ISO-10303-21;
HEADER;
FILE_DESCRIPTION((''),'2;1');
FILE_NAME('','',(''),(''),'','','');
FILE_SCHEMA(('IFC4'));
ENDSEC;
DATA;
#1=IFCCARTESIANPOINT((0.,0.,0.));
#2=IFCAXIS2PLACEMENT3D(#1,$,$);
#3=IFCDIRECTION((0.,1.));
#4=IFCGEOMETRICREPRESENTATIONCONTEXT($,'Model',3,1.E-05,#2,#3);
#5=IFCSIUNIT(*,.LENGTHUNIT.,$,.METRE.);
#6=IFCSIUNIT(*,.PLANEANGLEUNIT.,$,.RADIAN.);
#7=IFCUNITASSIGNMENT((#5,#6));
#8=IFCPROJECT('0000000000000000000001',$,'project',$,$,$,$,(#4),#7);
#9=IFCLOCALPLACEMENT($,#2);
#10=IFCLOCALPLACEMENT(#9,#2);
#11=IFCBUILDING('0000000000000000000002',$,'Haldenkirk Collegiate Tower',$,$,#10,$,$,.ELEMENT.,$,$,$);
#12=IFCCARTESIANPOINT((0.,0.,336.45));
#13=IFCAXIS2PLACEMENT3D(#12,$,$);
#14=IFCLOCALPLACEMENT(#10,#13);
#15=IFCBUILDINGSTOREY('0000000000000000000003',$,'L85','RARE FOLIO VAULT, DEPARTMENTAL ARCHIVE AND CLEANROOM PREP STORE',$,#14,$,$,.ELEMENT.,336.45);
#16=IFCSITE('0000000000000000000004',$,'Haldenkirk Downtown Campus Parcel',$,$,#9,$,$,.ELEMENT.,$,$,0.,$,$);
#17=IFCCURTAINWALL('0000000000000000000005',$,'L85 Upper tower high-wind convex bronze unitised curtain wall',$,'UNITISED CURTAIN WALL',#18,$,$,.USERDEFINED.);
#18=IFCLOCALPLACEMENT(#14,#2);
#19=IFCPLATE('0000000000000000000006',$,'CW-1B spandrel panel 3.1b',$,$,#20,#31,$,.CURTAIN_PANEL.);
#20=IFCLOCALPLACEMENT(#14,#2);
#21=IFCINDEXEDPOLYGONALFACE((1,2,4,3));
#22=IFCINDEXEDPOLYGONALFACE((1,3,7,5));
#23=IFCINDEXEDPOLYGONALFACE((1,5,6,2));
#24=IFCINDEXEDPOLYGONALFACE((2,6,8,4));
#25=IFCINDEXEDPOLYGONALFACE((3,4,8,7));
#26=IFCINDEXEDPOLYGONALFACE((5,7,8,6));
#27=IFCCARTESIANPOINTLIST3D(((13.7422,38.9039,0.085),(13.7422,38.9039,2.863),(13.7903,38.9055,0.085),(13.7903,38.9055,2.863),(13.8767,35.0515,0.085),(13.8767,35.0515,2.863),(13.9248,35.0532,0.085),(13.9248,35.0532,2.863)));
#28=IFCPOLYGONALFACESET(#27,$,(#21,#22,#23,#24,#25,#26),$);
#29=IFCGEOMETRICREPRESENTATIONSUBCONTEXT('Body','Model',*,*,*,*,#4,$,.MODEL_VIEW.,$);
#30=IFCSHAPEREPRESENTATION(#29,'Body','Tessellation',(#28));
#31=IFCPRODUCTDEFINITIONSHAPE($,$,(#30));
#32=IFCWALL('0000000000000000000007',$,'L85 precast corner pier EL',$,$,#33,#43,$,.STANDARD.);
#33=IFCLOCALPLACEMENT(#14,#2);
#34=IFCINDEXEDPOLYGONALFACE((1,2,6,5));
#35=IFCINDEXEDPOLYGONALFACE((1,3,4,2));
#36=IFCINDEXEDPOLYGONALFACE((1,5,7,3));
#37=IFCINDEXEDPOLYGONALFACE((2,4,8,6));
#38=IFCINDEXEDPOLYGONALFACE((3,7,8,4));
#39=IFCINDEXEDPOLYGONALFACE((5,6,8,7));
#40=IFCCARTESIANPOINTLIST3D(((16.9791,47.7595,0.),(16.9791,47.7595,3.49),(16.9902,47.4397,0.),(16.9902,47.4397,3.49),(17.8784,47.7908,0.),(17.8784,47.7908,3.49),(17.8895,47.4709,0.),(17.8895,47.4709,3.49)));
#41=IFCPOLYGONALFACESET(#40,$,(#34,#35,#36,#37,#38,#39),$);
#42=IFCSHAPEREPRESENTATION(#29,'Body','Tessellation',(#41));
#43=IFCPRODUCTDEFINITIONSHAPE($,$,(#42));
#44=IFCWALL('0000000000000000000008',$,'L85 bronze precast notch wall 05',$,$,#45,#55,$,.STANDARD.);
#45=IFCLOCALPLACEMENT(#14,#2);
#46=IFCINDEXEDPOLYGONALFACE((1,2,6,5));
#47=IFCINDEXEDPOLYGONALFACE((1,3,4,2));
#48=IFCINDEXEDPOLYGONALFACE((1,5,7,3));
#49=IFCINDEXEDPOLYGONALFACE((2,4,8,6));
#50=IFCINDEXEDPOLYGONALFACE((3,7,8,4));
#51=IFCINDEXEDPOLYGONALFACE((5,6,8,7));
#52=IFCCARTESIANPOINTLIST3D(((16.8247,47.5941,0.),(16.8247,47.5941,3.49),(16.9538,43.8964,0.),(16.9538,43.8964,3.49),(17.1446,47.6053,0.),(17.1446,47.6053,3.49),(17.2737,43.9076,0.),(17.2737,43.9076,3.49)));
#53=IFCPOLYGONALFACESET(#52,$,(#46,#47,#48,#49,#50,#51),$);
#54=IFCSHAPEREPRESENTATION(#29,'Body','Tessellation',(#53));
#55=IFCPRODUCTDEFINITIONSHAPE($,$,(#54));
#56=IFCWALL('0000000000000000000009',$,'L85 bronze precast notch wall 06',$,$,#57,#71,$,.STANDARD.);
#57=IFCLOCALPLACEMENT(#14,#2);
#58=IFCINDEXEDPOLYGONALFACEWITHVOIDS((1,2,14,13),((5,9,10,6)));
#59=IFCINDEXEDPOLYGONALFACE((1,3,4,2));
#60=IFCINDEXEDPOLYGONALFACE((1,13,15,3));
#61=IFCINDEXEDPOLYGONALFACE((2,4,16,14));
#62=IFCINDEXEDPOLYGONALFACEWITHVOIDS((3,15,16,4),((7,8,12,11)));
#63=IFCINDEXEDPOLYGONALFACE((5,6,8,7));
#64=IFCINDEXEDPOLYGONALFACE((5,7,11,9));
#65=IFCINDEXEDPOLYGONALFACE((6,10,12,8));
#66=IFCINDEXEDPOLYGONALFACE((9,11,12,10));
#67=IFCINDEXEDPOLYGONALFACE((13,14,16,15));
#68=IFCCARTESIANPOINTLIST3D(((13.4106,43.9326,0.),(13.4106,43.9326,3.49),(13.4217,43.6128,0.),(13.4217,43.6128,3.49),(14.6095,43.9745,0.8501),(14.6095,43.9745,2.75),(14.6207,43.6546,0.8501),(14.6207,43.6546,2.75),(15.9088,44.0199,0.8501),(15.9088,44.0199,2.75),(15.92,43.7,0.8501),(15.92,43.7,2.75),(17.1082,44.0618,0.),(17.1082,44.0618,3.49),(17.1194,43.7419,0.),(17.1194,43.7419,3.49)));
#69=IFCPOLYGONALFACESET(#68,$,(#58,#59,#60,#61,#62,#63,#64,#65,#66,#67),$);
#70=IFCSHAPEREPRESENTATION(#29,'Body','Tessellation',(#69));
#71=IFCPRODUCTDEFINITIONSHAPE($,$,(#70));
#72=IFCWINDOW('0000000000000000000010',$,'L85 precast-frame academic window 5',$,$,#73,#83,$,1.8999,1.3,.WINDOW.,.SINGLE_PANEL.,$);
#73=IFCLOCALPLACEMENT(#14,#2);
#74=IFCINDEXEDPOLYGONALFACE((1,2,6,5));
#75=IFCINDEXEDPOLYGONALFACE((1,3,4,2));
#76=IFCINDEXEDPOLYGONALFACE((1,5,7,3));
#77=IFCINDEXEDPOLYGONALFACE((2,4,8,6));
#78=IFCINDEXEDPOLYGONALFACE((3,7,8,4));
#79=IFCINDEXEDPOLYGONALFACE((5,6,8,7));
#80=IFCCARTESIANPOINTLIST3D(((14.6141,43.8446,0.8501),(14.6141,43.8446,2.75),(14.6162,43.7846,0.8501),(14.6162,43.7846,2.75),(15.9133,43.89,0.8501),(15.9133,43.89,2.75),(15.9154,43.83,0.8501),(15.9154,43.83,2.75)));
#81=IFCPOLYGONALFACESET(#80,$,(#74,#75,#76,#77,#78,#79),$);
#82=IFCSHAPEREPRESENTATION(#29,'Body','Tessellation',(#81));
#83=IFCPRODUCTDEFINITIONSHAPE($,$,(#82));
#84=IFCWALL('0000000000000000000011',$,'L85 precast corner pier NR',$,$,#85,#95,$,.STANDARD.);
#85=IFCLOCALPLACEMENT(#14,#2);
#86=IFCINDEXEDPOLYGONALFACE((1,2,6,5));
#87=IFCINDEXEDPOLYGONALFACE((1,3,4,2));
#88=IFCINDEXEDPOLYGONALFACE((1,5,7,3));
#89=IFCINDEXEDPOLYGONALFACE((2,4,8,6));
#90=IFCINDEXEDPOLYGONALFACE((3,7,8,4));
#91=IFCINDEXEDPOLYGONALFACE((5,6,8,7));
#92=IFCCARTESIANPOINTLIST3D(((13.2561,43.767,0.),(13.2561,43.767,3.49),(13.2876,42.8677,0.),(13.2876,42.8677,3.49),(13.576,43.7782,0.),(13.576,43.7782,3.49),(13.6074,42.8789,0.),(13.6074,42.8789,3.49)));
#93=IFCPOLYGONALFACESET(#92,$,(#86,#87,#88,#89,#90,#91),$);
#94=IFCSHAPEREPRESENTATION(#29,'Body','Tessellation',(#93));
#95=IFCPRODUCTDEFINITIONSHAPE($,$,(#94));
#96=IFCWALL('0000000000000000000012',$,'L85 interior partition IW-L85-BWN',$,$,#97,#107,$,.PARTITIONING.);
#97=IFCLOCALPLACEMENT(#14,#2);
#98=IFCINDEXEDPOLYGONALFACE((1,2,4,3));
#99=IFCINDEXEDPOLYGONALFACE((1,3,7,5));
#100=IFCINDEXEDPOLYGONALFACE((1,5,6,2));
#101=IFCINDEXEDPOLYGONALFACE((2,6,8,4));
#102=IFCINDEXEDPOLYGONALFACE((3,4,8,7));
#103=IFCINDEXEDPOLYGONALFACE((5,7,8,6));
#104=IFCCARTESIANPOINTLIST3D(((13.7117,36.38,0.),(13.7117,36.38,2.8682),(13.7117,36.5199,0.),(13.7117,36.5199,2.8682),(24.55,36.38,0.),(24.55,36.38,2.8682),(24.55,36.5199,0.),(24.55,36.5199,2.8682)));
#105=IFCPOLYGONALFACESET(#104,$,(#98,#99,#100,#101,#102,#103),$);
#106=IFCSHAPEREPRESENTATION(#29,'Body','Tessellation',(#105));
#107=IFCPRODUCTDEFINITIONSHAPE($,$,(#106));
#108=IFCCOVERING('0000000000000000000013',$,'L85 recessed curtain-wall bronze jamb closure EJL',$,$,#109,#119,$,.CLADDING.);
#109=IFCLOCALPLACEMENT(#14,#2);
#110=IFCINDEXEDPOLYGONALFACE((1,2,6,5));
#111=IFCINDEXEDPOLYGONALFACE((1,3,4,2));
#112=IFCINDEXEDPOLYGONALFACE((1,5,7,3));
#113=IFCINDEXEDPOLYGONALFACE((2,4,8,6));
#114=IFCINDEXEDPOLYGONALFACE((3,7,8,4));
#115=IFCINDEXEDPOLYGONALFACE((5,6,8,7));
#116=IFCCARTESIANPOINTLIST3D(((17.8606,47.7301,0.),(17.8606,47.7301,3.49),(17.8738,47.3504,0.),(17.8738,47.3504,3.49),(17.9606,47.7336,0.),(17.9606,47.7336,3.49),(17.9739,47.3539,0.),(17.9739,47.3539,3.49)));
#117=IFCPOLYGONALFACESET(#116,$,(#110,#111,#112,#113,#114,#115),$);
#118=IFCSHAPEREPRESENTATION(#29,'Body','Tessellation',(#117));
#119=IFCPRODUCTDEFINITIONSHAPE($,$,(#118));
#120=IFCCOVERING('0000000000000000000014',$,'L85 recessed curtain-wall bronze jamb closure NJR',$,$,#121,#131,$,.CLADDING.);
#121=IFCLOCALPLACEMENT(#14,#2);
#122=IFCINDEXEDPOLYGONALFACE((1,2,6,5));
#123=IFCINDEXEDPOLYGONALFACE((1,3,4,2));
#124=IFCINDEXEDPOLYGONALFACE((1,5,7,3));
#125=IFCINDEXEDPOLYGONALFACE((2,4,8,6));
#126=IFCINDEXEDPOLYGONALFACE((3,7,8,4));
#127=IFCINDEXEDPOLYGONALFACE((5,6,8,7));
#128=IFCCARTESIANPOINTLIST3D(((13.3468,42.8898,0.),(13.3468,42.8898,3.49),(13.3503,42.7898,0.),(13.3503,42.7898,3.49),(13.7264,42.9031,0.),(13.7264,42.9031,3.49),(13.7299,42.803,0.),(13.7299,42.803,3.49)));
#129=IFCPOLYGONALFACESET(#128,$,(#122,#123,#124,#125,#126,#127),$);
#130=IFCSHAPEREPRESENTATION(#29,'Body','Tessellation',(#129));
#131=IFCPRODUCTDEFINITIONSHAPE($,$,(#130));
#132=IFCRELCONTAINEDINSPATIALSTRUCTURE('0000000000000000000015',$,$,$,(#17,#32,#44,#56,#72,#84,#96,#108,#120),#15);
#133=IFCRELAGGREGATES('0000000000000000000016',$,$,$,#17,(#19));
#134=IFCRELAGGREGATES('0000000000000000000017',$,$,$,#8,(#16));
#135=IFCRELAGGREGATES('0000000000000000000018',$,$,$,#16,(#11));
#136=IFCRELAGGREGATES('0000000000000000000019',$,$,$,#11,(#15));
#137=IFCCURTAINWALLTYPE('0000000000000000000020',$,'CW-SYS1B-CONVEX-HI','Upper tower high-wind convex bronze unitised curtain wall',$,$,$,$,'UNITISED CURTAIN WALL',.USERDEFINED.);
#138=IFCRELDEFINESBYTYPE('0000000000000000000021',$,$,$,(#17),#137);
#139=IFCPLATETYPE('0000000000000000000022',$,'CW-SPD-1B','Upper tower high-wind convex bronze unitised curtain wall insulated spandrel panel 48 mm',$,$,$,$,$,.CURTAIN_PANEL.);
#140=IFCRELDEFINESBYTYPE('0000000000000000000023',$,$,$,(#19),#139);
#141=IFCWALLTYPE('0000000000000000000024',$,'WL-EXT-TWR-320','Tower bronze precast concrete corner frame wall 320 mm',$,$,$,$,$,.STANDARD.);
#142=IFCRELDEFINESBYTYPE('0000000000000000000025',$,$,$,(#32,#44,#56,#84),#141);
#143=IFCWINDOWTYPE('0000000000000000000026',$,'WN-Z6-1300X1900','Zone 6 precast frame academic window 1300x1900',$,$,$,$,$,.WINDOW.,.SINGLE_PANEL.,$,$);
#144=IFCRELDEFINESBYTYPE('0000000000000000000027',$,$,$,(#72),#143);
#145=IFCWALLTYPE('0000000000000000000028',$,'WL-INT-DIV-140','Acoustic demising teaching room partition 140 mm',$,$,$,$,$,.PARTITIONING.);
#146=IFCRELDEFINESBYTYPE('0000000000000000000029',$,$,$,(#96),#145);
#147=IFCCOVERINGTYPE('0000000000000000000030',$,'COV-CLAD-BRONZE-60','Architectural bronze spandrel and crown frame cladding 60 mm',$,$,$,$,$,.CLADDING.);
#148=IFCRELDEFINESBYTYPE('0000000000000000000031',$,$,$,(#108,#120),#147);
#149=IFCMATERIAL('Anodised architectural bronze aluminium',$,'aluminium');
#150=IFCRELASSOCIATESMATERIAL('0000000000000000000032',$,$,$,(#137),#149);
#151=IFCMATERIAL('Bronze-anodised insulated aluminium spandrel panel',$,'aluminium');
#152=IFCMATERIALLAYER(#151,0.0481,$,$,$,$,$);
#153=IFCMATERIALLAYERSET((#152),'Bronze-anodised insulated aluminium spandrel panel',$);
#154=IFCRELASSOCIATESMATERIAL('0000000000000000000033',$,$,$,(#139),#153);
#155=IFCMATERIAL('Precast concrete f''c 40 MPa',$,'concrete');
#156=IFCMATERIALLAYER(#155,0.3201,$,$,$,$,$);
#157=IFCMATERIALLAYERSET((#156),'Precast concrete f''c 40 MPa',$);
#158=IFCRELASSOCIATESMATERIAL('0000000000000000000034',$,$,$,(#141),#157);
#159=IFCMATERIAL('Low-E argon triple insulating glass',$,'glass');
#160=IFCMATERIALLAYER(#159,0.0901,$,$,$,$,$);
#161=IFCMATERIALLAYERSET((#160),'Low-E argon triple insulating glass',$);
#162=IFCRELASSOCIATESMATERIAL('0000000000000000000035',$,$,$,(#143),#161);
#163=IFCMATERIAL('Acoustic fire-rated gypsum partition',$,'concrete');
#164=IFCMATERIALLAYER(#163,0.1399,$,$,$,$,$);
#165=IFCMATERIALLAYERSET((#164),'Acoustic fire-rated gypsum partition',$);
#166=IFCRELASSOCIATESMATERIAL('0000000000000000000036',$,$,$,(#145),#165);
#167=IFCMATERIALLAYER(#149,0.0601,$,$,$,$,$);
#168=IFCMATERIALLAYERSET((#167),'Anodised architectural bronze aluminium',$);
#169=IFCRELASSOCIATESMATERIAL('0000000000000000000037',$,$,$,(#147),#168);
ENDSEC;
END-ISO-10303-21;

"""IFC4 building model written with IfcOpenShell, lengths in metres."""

from ifc_helpers import new_model, si_unit, direction, frame, frame_2d, origin, origin_2d, place, context, subcontext, project, spatial, rectangle, extrude, source, transform, mapped, material, layer, layer_set, type_object, element, fill, aggregate, save


model = new_model("IFC4")

# Units and contexts
model_context = context("Model", 3, precision=1e-05, world=origin(), true_north=direction((0.0, 1.0)))
body_context = subcontext(model_context, "Body", "Model", "MODEL_VIEW")
ifc_project = project(units=[si_unit("LENGTHUNIT", "METRE"), si_unit("PLANEANGLEUNIT", "RADIAN")], contexts=[model_context])

# Site, building, storey
site_placement = place(None, origin())
site = spatial("IfcSite", under=ifc_project, at=site_placement, Name="Haldenkirk Downtown Campus Parcel", CompositionType="ELEMENT", RefElevation=0.0)
building_placement = place(site_placement, origin())
building = spatial("IfcBuilding", under=site, at=building_placement, Name="Haldenkirk Collegiate Tower", CompositionType="ELEMENT")
storey_placement = place(building_placement, frame((0.0, 0.0, 336.45)))
storey = spatial("IfcBuildingStorey", under=building, at=storey_placement, Name="L85", Description="RARE FOLIO VAULT, DEPARTMENTAL ARCHIVE AND CLEANROOM PREP STORE", CompositionType="ELEMENT", Elevation=336.45)

# Curtain wall
ifc_material_1 = material(Name="Anodised architectural bronze aluminium", Category="aluminium")
curtain_wall_type = type_object("IfcCurtainWallType", Name="CW-SYS1B-CONVEX-HI", Description="Upper tower high-wind convex bronze unitised curtain wall", ElementType="UNITISED CURTAIN WALL", PredefinedType="USERDEFINED", material=ifc_material_1)
curtain_wall_1_placement = place(storey_placement, origin())
curtain_wall_1 = element("IfcCurtainWall", 1, at=curtain_wall_1_placement, inside=storey, type_object=curtain_wall_type, Name="L85 Upper tower high-wind convex bronze unitised curtain wall", ObjectType="UNITISED CURTAIN WALL", PredefinedType="USERDEFINED")

# Plate
ifc_material_2 = material(Name="Low-E argon triple insulating glass", Category="glass")
ifc_material_3 = material(Name="Bronze-anodised insulated aluminium spandrel panel", Category="aluminium")
ifc_layer_1 = layer(ifc_material_3, 0.0481)
ifc_layer_set_1 = layer_set([ifc_layer_1], Name="Bronze-anodised insulated aluminium spandrel panel")
plate_type_1 = type_object("IfcPlateType", Name="CW-SPD-1B", Description="Upper tower high-wind convex bronze unitised curtain wall insulated spandrel panel 48 mm", PredefinedType="CURTAIN_PANEL", material=ifc_layer_set_1)
shared_shape_1 = source(origin(), body_context, "Body", "SweptSolid", [
    extrude(rectangle(XDim=3.8547, YDim=0.0481, at=origin_2d()), origin(), (0.0, 0.0, 1.0), 2.7781),
])
plate_1_placement = place(storey_placement, frame((13.8335, 36.9785, 0.085), z_axis=(0.0, 0.0, 1.0), x_axis=(-0.034901, 0.999391, 0.0)))
plate_1 = element("IfcPlate", 2, at=plate_1_placement, type_object=plate_type_1, Name="CW-1B spandrel panel 3.1b", PredefinedType="CURTAIN_PANEL", context=body_context, shape_type="MappedRepresentation", body=[
    mapped(shared_shape_1, transform((0.0, 0.0, 0.0), x_axis=(1.0, 0.0, 0.0), y_axis=(0.0, 1.0, 0.0), z_axis=(0.0, 0.0, 1.0), scale=1.0)),
])
aggregate(curtain_wall_1, [plate_1])

# Walls
ifc_material_4 = material(Name="Precast concrete f'c 40 MPa", Category="concrete")
ifc_layer_2 = layer(ifc_material_4, 0.3201)
ifc_layer_set_2 = layer_set([ifc_layer_2], Name="Precast concrete f'c 40 MPa")
wall_type_1 = type_object("IfcWallType", Name="WL-EXT-TWR-320", Description="Tower bronze precast concrete corner frame wall 320 mm", PredefinedType="STANDARD", material=ifc_layer_set_2)
wall_1_placement = place(storey_placement, frame((16.9846, 47.5996, 0.0), z_axis=(0.0, 0.0, 1.0), x_axis=(0.999397, 0.034724, 0.0)))
element("IfcWall", 3, at=wall_1_placement, inside=storey, type_object=wall_type_1, Name="L85 precast corner pier EL", PredefinedType="STANDARD", context=body_context, shape_type="SweptSolid", body=[
    extrude(rectangle(XDim=0.8999, YDim=0.3201, at=frame_2d((0.45, 0.0))), origin(), (0.0, 0.0, 1.0), 3.49),
])
wall_2_placement = place(storey_placement, frame((17.1138, 43.9019, 0.0), z_axis=(0.0, 0.0, 1.0), x_axis=(-0.034905, 0.999391, 0.0)))
element("IfcWall", 4, at=wall_2_placement, inside=storey, type_object=wall_type_1, Name="L85 bronze precast notch wall 05", PredefinedType="STANDARD", context=body_context, shape_type="SweptSolid", body=[
    extrude(rectangle(XDim=3.7, YDim=0.3201, at=frame_2d((1.8501, 0.0))), origin(), (0.0, 0.0, 1.0), 3.49),
])

# Wall, opening, window
wall_3_placement = place(storey_placement, frame((13.416, 43.7727, 0.0), z_axis=(0.0, 0.0, 1.0), x_axis=(0.999391, 0.034905, 0.0)))
wall_3 = element("IfcWall", 5, at=wall_3_placement, inside=storey, type_object=wall_type_1, Name="L85 bronze precast notch wall 06", PredefinedType="STANDARD", context=body_context, shape_type="SweptSolid", body=[
    extrude(rectangle(XDim=3.7, YDim=0.3201, at=frame_2d((1.8501, 0.0))), origin(), (0.0, 0.0, 1.0), 3.49),
])
opening_placement = place(wall_3_placement, frame((1.2, 0.0, 0.8501)))
opening = element("IfcOpeningElement", 6, at=opening_placement, cuts=wall_3, PredefinedType="OPENING", context=body_context, shape_type="SweptSolid", body=[
    extrude(rectangle(XDim=1.3, YDim=1.8999, at=frame_2d((0.6499, 0.95))), frame((0.0, 0.1699, 0.0), z_axis=(0.0, -1.0, 0.0), x_axis=(1.0, 0.0, 0.0)), (0.0, 0.0, 1.0), 0.3401),
])
ifc_layer_3 = layer(ifc_material_2, 0.0901)
ifc_layer_set_3 = layer_set([ifc_layer_3], Name="Low-E argon triple insulating glass")
window_type = type_object("IfcWindowType", Name="WN-Z6-1300X1900", Description="Zone 6 precast frame academic window 1300x1900", PartitioningType="SINGLE_PANEL", PredefinedType="WINDOW", material=ifc_layer_set_3)
window_placement = place(opening_placement, origin())
window = element("IfcWindow", 7, at=window_placement, inside=storey, type_object=window_type, Name="L85 precast-frame academic window 5", OverallHeight=1.8999, OverallWidth=1.3, PartitioningType="SINGLE_PANEL", PredefinedType="WINDOW", context=body_context, shape_type="SweptSolid", body=[
    extrude(rectangle(XDim=1.3, YDim=1.8999, at=frame_2d((0.6499, 0.95))), frame((0.0, 0.03, 0.0), z_axis=(0.0, -1.0, 0.0), x_axis=(1.0, 0.0, 0.0)), (0.0, 0.0, 1.0), 0.0601),
])
fill(opening, window)

# Walls
wall_4_placement = place(storey_placement, frame((13.4475, 42.8733, 0.0), z_axis=(0.0, 0.0, 1.0), x_axis=(-0.034995, 0.999387, 0.0)))
element("IfcWall", 8, at=wall_4_placement, inside=storey, type_object=wall_type_1, Name="L85 precast corner pier NR", PredefinedType="STANDARD", context=body_context, shape_type="SweptSolid", body=[
    extrude(rectangle(XDim=0.8999, YDim=0.3201, at=frame_2d((0.45, 0.0))), origin(), (0.0, 0.0, 1.0), 3.49),
])
ifc_material_5 = material(Name="Acoustic fire-rated gypsum partition", Category="concrete")
ifc_layer_4 = layer(ifc_material_5, 0.1399)
ifc_layer_set_4 = layer_set([ifc_layer_4], Name="Acoustic fire-rated gypsum partition")
wall_type_2 = type_object("IfcWallType", Name="WL-INT-DIV-140", Description="Acoustic demising teaching room partition 140 mm", PredefinedType="PARTITIONING", material=ifc_layer_set_4)
wall_5_placement = place(storey_placement, frame((13.7117, 36.45, 0.0), z_axis=(0.0, 0.0, 1.0), x_axis=(1.0, 0.0, 0.0)))
element("IfcWall", 9, at=wall_5_placement, inside=storey, type_object=wall_type_2, Name="L85 interior partition IW-L85-BWN", PredefinedType="PARTITIONING", context=body_context, shape_type="SweptSolid", body=[
    extrude(rectangle(XDim=10.8384, YDim=0.1399, at=frame_2d((5.4192, 0.0))), origin(), (0.0, 0.0, 1.0), 2.8682),
])

# Coverings
ifc_layer_5 = layer(ifc_material_1, 0.0601)
ifc_layer_set_5 = layer_set([ifc_layer_5], Name="Anodised architectural bronze aluminium")
covering_type = type_object("IfcCoveringType", Name="COV-CLAD-BRONZE-60", Description="Architectural bronze spandrel and crown frame cladding 60 mm", PredefinedType="CLADDING", material=ifc_layer_set_5)
shared_shape_2 = source(origin(), body_context, "Body", "SweptSolid", [
    extrude(rectangle(XDim=0.1001, YDim=0.3799, at=origin_2d()), origin(), (0.0, 0.0, 1.0), 3.49),
])
for number, where, z_axis, x_axis, name in (
    (10, (17.9172, 47.542, 0.0), (0.0, 0.0, 1.0), (0.999391, 0.034899, 0.0), "L85 recessed curtain-wall bronze jamb closure EJL"),
    (11, (13.5383, 42.8464, 0.0), (0.0, 0.0, 1.0), (-0.034899, 0.999391, 0.0), "L85 recessed curtain-wall bronze jamb closure NJR"),
):
    element("IfcCovering", number, at=place(storey_placement, frame(where, z_axis=z_axis, x_axis=x_axis)), inside=storey, type_object=covering_type, Name=name, PredefinedType="CLADDING", context=body_context, shape_type="MappedRepresentation", body=[
        mapped(shared_shape_2, transform((0.0, 0.0, 0.0), x_axis=(1.0, 0.0, 0.0), y_axis=(0.0, 1.0, 0.0), z_axis=(0.0, 0.0, 1.0), scale=1.0)),
    ])

save(model, "model.ifc")
